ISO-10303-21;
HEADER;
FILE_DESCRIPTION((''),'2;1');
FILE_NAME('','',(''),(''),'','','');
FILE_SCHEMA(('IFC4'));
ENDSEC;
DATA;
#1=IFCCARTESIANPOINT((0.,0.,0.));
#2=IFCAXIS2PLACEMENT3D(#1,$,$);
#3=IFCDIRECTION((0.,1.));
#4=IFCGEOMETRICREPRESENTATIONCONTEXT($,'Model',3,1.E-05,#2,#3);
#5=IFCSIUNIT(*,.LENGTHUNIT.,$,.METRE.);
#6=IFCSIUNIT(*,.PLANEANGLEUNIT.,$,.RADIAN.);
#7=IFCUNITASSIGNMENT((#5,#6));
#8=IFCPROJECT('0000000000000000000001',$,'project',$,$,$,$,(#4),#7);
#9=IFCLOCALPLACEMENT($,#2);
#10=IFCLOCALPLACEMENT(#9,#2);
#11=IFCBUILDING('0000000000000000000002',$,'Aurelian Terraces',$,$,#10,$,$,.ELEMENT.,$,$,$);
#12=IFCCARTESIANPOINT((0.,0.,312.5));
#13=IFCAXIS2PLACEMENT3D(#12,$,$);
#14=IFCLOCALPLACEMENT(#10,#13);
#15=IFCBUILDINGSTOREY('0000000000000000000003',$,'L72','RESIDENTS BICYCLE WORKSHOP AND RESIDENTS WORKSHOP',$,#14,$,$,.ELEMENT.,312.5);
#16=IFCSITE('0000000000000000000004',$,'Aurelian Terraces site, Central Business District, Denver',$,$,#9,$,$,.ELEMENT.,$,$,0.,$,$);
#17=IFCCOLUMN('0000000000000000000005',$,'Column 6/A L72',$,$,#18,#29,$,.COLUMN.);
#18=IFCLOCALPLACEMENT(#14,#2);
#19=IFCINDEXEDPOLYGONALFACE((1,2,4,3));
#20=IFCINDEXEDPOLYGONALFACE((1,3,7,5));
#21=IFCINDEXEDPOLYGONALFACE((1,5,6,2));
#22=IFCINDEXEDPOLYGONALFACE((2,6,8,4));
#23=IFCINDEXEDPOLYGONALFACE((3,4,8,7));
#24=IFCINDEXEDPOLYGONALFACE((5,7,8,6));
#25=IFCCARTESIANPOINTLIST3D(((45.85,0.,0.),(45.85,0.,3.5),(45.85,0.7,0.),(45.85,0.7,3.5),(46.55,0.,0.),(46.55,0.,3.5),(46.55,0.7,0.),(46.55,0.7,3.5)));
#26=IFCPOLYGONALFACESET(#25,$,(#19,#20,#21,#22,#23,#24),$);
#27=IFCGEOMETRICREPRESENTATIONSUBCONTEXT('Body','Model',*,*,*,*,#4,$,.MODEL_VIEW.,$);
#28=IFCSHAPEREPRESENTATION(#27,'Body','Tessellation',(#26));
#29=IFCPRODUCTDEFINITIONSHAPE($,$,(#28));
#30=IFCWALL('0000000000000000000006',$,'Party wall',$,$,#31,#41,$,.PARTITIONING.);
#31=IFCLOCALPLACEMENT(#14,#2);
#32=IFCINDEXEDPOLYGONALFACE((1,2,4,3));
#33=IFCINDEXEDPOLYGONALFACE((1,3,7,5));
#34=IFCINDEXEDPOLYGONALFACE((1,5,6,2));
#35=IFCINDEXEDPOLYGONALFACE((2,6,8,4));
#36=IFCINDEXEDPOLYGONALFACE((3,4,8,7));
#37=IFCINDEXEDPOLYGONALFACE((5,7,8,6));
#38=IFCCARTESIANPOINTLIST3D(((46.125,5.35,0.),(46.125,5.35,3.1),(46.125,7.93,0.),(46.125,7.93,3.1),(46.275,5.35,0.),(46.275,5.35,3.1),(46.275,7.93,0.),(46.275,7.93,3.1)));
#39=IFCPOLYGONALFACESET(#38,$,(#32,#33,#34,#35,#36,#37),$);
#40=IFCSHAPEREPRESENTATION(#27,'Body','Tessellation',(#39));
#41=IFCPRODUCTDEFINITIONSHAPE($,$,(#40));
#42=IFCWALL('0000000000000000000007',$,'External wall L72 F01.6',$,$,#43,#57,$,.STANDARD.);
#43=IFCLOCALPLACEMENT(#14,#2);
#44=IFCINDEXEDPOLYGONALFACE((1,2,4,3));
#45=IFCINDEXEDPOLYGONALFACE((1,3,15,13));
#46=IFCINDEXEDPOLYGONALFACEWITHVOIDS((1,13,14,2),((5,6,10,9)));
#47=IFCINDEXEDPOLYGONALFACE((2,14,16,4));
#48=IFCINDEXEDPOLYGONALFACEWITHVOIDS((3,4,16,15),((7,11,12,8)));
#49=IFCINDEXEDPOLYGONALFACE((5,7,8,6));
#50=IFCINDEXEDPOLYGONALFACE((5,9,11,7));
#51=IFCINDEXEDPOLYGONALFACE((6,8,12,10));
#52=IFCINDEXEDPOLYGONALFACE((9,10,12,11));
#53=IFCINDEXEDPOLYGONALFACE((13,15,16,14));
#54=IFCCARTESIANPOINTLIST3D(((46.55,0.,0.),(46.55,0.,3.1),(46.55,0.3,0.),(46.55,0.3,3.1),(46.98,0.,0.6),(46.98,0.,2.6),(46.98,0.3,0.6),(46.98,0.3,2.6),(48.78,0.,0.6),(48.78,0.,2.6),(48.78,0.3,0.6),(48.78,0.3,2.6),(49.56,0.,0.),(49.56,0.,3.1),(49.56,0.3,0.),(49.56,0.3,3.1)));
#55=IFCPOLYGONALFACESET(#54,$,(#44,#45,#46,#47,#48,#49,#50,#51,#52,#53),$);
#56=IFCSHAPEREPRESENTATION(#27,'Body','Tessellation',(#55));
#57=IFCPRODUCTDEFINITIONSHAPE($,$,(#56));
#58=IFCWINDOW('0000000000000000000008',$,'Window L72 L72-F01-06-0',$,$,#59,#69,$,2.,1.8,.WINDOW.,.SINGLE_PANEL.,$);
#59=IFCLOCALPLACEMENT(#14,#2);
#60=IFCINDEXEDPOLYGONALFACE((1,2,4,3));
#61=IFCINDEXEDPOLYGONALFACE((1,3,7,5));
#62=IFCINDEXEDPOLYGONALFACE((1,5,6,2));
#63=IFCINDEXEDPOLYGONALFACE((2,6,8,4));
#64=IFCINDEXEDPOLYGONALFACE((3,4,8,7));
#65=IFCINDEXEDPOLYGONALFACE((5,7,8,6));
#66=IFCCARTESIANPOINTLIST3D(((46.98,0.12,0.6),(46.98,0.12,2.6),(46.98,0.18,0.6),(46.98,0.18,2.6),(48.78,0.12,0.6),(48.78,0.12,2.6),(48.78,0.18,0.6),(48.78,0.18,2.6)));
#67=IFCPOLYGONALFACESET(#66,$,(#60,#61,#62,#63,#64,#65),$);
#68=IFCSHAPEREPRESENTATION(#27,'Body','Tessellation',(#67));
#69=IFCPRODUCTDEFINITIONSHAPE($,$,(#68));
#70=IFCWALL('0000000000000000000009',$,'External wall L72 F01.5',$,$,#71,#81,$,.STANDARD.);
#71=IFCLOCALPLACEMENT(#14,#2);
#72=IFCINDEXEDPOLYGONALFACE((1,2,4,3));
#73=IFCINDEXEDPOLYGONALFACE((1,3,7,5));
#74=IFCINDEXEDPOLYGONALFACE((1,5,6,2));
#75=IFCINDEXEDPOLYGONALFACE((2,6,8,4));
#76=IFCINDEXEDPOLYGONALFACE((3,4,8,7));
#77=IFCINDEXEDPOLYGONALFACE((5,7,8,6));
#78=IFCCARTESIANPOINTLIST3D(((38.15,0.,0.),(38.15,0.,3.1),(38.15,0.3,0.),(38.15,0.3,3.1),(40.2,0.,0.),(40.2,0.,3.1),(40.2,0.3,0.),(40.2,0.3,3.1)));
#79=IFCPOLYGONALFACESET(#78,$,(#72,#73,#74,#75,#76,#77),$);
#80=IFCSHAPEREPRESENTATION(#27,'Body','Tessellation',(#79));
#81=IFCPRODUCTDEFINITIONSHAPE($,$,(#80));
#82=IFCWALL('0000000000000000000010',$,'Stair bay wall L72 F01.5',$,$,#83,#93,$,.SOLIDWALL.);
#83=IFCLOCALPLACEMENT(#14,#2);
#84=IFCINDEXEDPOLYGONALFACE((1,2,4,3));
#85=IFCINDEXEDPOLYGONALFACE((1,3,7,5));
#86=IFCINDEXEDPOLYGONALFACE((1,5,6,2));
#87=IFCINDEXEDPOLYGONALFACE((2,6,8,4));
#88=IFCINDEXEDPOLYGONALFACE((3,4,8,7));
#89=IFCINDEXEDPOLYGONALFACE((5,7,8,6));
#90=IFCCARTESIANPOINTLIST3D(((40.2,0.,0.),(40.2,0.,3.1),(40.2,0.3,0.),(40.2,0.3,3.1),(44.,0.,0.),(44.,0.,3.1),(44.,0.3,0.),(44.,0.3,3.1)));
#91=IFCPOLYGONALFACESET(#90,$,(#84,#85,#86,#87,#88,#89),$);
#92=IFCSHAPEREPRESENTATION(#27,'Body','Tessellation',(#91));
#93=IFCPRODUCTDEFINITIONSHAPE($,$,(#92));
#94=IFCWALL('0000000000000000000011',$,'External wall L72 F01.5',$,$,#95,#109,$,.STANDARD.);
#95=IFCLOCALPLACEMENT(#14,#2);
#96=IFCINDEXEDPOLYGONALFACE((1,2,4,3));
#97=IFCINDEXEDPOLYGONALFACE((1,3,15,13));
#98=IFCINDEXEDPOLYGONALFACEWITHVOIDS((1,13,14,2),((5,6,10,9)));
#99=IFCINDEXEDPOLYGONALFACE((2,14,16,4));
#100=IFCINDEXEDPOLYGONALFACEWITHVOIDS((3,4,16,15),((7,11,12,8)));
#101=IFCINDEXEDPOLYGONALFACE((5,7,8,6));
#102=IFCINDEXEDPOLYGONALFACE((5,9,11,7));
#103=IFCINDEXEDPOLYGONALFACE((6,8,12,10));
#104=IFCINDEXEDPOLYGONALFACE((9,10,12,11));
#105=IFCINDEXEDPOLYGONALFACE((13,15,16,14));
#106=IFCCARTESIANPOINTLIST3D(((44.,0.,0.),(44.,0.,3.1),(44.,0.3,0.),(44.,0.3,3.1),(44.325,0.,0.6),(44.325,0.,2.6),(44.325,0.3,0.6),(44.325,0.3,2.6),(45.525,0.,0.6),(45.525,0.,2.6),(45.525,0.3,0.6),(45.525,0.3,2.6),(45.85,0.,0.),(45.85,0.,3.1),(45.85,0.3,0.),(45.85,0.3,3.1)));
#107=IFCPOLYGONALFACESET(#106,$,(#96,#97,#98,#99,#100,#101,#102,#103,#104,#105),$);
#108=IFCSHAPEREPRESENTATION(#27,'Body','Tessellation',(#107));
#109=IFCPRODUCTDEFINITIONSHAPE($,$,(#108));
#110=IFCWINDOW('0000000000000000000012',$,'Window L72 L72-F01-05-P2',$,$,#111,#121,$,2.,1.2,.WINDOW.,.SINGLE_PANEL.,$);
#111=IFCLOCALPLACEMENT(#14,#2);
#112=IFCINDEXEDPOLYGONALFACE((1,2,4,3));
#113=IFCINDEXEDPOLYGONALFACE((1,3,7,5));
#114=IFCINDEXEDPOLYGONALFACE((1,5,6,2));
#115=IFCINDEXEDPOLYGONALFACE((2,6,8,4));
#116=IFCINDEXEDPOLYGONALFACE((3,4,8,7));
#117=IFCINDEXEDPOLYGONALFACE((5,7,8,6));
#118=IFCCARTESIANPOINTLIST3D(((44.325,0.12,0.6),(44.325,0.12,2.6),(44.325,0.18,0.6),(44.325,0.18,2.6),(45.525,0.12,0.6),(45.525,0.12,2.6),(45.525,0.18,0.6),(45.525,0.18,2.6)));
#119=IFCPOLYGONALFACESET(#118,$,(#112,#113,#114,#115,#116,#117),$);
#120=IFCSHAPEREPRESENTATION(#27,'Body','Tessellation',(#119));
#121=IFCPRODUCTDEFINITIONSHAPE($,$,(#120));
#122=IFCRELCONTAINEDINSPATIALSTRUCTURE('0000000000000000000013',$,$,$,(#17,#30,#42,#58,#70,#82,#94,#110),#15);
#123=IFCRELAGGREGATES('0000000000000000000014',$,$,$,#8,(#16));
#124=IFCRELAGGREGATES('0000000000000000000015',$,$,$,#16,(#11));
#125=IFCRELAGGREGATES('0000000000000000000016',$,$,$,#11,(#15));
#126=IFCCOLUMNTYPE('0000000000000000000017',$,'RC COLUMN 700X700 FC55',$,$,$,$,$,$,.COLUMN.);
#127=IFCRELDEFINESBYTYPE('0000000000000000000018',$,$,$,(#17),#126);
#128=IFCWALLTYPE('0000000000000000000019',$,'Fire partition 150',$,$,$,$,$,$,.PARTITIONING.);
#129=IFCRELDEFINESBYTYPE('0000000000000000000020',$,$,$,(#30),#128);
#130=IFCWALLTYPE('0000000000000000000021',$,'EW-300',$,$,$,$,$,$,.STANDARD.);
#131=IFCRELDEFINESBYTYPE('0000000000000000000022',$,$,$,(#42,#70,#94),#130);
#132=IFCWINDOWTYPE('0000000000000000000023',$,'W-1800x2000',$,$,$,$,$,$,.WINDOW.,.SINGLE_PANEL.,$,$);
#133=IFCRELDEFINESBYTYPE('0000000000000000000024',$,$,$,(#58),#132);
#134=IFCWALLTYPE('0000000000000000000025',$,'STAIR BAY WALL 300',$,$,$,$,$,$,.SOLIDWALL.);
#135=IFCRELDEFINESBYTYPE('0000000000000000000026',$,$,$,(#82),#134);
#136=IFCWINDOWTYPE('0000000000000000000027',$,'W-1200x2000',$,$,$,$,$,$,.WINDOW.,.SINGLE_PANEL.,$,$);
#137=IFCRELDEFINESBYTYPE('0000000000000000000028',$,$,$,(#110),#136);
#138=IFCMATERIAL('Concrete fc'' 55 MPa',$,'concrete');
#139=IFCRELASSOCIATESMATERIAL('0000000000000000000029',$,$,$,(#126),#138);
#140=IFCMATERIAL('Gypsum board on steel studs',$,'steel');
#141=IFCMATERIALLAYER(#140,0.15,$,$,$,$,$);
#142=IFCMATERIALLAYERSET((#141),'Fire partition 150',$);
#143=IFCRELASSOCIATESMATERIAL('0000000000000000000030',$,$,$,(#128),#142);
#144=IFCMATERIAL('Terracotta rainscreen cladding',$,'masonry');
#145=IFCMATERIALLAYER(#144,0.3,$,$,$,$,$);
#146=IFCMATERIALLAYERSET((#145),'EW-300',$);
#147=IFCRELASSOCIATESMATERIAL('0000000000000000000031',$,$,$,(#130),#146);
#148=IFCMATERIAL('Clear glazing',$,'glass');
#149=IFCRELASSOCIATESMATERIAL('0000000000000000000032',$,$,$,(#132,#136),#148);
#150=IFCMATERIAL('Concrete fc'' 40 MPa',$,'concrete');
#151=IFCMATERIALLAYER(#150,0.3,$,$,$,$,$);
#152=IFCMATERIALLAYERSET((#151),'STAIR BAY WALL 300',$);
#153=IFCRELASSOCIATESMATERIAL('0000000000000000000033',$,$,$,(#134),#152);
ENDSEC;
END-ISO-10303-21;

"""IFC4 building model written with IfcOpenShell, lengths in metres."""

from ifc_helpers import new_model, si_unit, direction, frame, frame_2d, origin, origin_2d, place, context, subcontext, project, spatial, rectangle, extrude, source, transform, mapped, material, layer, layer_set, material_profile, profile_set, type_object, element, fill, save


model = new_model("IFC4")

# Units and contexts
model_context = context("Model", 3, precision=1e-05, world=origin(), true_north=direction((0.0, 1.0)))
body_context = subcontext(model_context, "Body", "Model", "MODEL_VIEW")
ifc_project = project(units=[si_unit("LENGTHUNIT", "METRE"), si_unit("PLANEANGLEUNIT", "RADIAN")], contexts=[model_context])

# Site, building, storey
site_placement = place(None, origin())
site = spatial("IfcSite", under=ifc_project, at=site_placement, Name="Aurelian Terraces site, Central Business District, Denver", CompositionType="ELEMENT", RefElevation=0.0)
building_placement = place(site_placement, origin())
building = spatial("IfcBuilding", under=site, at=building_placement, Name="Aurelian Terraces", CompositionType="ELEMENT")
storey_placement = place(building_placement, frame((0.0, 0.0, 312.5)))
storey = spatial("IfcBuildingStorey", under=building, at=storey_placement, Name="L72", Description="RESIDENTS BICYCLE WORKSHOP AND RESIDENTS WORKSHOP", CompositionType="ELEMENT", Elevation=312.5)

# Column
ifc_material_1 = material(Name="Concrete fc' 55 MPa", Category="concrete")
ifc_material_profile = material_profile(ifc_material_1, rectangle(XDim=0.7, YDim=0.7, at=origin_2d()))
ifc_profile_set = profile_set([ifc_material_profile], Name="Concrete fc' 55 MPa")
column_type = type_object("IfcColumnType", Name="RC COLUMN 700X700 FC55", PredefinedType="COLUMN", material=ifc_profile_set)
shared_shape_1 = source(origin(), body_context, "Body", "SweptSolid", [
    extrude(rectangle(XDim=0.7, YDim=0.7, at=origin_2d()), origin(), (0.0, 0.0, 1.0), 3.5),
])
column_placement = place(storey_placement, frame((46.2, 0.35, 0.0), z_axis=(0.0, 0.0, 1.0), x_axis=(1.0, 0.0, 0.0)))
element("IfcColumn", 1, at=column_placement, inside=storey, type_object=column_type, Name="Column 6/A L72", PredefinedType="COLUMN", context=body_context, shape_type="MappedRepresentation", body=[
    mapped(shared_shape_1, transform((0.0, 0.0, 0.0), scale=1.0)),
])

# Wall
ifc_material_2 = material(Name="Gypsum board on steel studs", Category="steel")
ifc_layer_1 = layer(ifc_material_2, 0.15)
ifc_layer_set_1 = layer_set([ifc_layer_1], Name="Fire partition 150")
wall_type_1 = type_object("IfcWallType", Name="Fire partition 150", PredefinedType="PARTITIONING", material=ifc_layer_set_1)
wall_1_placement = place(storey_placement, frame((46.2, 5.35, 0.0), z_axis=(0.0, 0.0, 1.0), x_axis=(0.0, 1.0, 0.0)))
element("IfcWall", 2, at=wall_1_placement, inside=storey, type_object=wall_type_1, Name="Party wall", PredefinedType="PARTITIONING", context=body_context, shape_type="SweptSolid", body=[
    extrude(rectangle(XDim=2.58, YDim=0.15, at=frame_2d((1.29, 0.0))), origin(), (0.0, 0.0, 1.0), 3.1),
])

# Wall, opening, window
ifc_material_3 = material(Name="Terracotta rainscreen cladding", Category="masonry")
ifc_layer_2 = layer(ifc_material_3, 0.3)
ifc_layer_set_2 = layer_set([ifc_layer_2], Name="EW-300")
wall_type_2 = type_object("IfcWallType", Name="EW-300", PredefinedType="STANDARD", material=ifc_layer_set_2)
shared_shape_2 = source(origin(), body_context, "Body", "SweptSolid", [
    extrude(rectangle(XDim=3.01, YDim=0.3, at=frame_2d((1.505, 0.0))), origin(), (0.0, 0.0, 1.0), 3.1),
])
wall_2_placement = place(storey_placement, frame((46.55, 0.15, 0.0), z_axis=(0.0, 0.0, 1.0), x_axis=(1.0, 0.0, 0.0)))
wall_2 = element("IfcWall", 3, at=wall_2_placement, inside=storey, type_object=wall_type_2, Name="External wall L72 F01.6", PredefinedType="STANDARD", context=body_context, shape_type="MappedRepresentation", body=[
    mapped(shared_shape_2, transform((0.0, 0.0, 0.0), scale=1.0)),
])
shared_shape_3 = source(origin(), body_context, "Body", "SweptSolid", [
    extrude(rectangle(XDim=1.8, YDim=2.0, at=frame_2d((0.9, 1.0))), frame((0.0, 0.16, 0.0), z_axis=(0.0, -1.0, 0.0), x_axis=(1.0, 0.0, 0.0)), (0.0, 0.0, 1.0), 0.32),
])
opening_1_placement = place(wall_2_placement, frame((0.43, 0.0, 0.6)))
opening_1 = element("IfcOpeningElement", 4, at=opening_1_placement, cuts=wall_2, PredefinedType="OPENING", context=body_context, shape_type="MappedRepresentation", body=[
    mapped(shared_shape_3, transform((0.0, 0.0, 0.0), scale=1.0)),
])
ifc_material_4 = material(Name="Clear glazing", Category="glass")
window_type_1 = type_object("IfcWindowType", Name="W-1800x2000", PartitioningType="SINGLE_PANEL", PredefinedType="WINDOW", material=ifc_material_4)
shared_shape_4 = source(origin(), body_context, "Body", "SweptSolid", [
    extrude(rectangle(XDim=1.8, YDim=2.0, at=frame_2d((0.9, 1.0))), frame((0.0, 0.03, 0.0), z_axis=(0.0, -1.0, 0.0), x_axis=(1.0, 0.0, 0.0)), (0.0, 0.0, 1.0), 0.06),
])
window_1_placement = place(opening_1_placement, origin())
window_1 = element("IfcWindow", 5, at=window_1_placement, inside=storey, type_object=window_type_1, Name="Window L72 L72-F01-06-0", OverallHeight=2.0, OverallWidth=1.8, PartitioningType="SINGLE_PANEL", PredefinedType="WINDOW", context=body_context, shape_type="MappedRepresentation", body=[
    mapped(shared_shape_4, transform((0.0, 0.0, 0.0), scale=1.0)),
])
fill(opening_1, window_1)

# Walls
shared_shape_5 = source(origin(), body_context, "Body", "SweptSolid", [
    extrude(rectangle(XDim=2.05, YDim=0.3, at=frame_2d((1.025, 0.0))), origin(), (0.0, 0.0, 1.0), 3.1),
])
wall_3_placement = place(storey_placement, frame((38.15, 0.15, 0.0), z_axis=(0.0, 0.0, 1.0), x_axis=(1.0, 0.0, 0.0)))
element("IfcWall", 6, at=wall_3_placement, inside=storey, type_object=wall_type_2, Name="External wall L72 F01.5", PredefinedType="STANDARD", context=body_context, shape_type="MappedRepresentation", body=[
    mapped(shared_shape_5, transform((0.0, 0.0, 0.0), scale=1.0)),
])
ifc_material_5 = material(Name="Concrete fc' 40 MPa", Category="concrete")
ifc_layer_3 = layer(ifc_material_5, 0.3)
ifc_layer_set_3 = layer_set([ifc_layer_3], Name="STAIR BAY WALL 300")
wall_type_3 = type_object("IfcWallType", Name="STAIR BAY WALL 300", PredefinedType="SOLIDWALL", material=ifc_layer_set_3)
shared_shape_6 = source(origin(), body_context, "Body", "SweptSolid", [
    extrude(rectangle(XDim=3.8, YDim=0.3, at=frame_2d((1.9, 0.0))), origin(), (0.0, 0.0, 1.0), 3.1),
])
wall_4_placement = place(storey_placement, frame((40.2, 0.15, 0.0), z_axis=(0.0, 0.0, 1.0), x_axis=(1.0, 0.0, 0.0)))
element("IfcWall", 7, at=wall_4_placement, inside=storey, type_object=wall_type_3, Name="Stair bay wall L72 F01.5", PredefinedType="SOLIDWALL", context=body_context, shape_type="MappedRepresentation", body=[
    mapped(shared_shape_6, transform((0.0, 0.0, 0.0), scale=1.0)),
])

# Wall, opening, window
shared_shape_7 = source(origin(), body_context, "Body", "SweptSolid", [
    extrude(rectangle(XDim=1.85, YDim=0.3, at=frame_2d((0.925, 0.0))), origin(), (0.0, 0.0, 1.0), 3.1),
])
wall_5_placement = place(storey_placement, frame((44.0, 0.15, 0.0), z_axis=(0.0, 0.0, 1.0), x_axis=(1.0, 0.0, 0.0)))
wall_5 = element("IfcWall", 8, at=wall_5_placement, inside=storey, type_object=wall_type_2, Name="External wall L72 F01.5", PredefinedType="STANDARD", context=body_context, shape_type="MappedRepresentation", body=[
    mapped(shared_shape_7, transform((0.0, 0.0, 0.0), scale=1.0)),
])
shared_shape_8 = source(origin(), body_context, "Body", "SweptSolid", [
    extrude(rectangle(XDim=1.2, YDim=2.0, at=frame_2d((0.6, 1.0))), frame((0.0, 0.16, 0.0), z_axis=(0.0, -1.0, 0.0), x_axis=(1.0, 0.0, 0.0)), (0.0, 0.0, 1.0), 0.32),
])
opening_2_placement = place(wall_5_placement, frame((0.325, 0.0, 0.6)))
opening_2 = element("IfcOpeningElement", 9, at=opening_2_placement, cuts=wall_5, PredefinedType="OPENING", context=body_context, shape_type="MappedRepresentation", body=[
    mapped(shared_shape_8, transform((0.0, 0.0, 0.0), scale=1.0)),
])
window_type_2 = type_object("IfcWindowType", Name="W-1200x2000", PartitioningType="SINGLE_PANEL", PredefinedType="WINDOW", material=ifc_material_4)
shared_shape_9 = source(origin(), body_context, "Body", "SweptSolid", [
    extrude(rectangle(XDim=1.2, YDim=2.0, at=frame_2d((0.6, 1.0))), frame((0.0, 0.03, 0.0), z_axis=(0.0, -1.0, 0.0), x_axis=(1.0, 0.0, 0.0)), (0.0, 0.0, 1.0), 0.06),
])
window_2_placement = place(opening_2_placement, origin())
window_2 = element("IfcWindow", 10, at=window_2_placement, inside=storey, type_object=window_type_2, Name="Window L72 L72-F01-05-P2", OverallHeight=2.0, OverallWidth=1.2, PartitioningType="SINGLE_PANEL", PredefinedType="WINDOW", context=body_context, shape_type="MappedRepresentation", body=[
    mapped(shared_shape_9, transform((0.0, 0.0, 0.0), scale=1.0)),
])
fill(opening_2, window_2)

save(model, "model.ifc")
